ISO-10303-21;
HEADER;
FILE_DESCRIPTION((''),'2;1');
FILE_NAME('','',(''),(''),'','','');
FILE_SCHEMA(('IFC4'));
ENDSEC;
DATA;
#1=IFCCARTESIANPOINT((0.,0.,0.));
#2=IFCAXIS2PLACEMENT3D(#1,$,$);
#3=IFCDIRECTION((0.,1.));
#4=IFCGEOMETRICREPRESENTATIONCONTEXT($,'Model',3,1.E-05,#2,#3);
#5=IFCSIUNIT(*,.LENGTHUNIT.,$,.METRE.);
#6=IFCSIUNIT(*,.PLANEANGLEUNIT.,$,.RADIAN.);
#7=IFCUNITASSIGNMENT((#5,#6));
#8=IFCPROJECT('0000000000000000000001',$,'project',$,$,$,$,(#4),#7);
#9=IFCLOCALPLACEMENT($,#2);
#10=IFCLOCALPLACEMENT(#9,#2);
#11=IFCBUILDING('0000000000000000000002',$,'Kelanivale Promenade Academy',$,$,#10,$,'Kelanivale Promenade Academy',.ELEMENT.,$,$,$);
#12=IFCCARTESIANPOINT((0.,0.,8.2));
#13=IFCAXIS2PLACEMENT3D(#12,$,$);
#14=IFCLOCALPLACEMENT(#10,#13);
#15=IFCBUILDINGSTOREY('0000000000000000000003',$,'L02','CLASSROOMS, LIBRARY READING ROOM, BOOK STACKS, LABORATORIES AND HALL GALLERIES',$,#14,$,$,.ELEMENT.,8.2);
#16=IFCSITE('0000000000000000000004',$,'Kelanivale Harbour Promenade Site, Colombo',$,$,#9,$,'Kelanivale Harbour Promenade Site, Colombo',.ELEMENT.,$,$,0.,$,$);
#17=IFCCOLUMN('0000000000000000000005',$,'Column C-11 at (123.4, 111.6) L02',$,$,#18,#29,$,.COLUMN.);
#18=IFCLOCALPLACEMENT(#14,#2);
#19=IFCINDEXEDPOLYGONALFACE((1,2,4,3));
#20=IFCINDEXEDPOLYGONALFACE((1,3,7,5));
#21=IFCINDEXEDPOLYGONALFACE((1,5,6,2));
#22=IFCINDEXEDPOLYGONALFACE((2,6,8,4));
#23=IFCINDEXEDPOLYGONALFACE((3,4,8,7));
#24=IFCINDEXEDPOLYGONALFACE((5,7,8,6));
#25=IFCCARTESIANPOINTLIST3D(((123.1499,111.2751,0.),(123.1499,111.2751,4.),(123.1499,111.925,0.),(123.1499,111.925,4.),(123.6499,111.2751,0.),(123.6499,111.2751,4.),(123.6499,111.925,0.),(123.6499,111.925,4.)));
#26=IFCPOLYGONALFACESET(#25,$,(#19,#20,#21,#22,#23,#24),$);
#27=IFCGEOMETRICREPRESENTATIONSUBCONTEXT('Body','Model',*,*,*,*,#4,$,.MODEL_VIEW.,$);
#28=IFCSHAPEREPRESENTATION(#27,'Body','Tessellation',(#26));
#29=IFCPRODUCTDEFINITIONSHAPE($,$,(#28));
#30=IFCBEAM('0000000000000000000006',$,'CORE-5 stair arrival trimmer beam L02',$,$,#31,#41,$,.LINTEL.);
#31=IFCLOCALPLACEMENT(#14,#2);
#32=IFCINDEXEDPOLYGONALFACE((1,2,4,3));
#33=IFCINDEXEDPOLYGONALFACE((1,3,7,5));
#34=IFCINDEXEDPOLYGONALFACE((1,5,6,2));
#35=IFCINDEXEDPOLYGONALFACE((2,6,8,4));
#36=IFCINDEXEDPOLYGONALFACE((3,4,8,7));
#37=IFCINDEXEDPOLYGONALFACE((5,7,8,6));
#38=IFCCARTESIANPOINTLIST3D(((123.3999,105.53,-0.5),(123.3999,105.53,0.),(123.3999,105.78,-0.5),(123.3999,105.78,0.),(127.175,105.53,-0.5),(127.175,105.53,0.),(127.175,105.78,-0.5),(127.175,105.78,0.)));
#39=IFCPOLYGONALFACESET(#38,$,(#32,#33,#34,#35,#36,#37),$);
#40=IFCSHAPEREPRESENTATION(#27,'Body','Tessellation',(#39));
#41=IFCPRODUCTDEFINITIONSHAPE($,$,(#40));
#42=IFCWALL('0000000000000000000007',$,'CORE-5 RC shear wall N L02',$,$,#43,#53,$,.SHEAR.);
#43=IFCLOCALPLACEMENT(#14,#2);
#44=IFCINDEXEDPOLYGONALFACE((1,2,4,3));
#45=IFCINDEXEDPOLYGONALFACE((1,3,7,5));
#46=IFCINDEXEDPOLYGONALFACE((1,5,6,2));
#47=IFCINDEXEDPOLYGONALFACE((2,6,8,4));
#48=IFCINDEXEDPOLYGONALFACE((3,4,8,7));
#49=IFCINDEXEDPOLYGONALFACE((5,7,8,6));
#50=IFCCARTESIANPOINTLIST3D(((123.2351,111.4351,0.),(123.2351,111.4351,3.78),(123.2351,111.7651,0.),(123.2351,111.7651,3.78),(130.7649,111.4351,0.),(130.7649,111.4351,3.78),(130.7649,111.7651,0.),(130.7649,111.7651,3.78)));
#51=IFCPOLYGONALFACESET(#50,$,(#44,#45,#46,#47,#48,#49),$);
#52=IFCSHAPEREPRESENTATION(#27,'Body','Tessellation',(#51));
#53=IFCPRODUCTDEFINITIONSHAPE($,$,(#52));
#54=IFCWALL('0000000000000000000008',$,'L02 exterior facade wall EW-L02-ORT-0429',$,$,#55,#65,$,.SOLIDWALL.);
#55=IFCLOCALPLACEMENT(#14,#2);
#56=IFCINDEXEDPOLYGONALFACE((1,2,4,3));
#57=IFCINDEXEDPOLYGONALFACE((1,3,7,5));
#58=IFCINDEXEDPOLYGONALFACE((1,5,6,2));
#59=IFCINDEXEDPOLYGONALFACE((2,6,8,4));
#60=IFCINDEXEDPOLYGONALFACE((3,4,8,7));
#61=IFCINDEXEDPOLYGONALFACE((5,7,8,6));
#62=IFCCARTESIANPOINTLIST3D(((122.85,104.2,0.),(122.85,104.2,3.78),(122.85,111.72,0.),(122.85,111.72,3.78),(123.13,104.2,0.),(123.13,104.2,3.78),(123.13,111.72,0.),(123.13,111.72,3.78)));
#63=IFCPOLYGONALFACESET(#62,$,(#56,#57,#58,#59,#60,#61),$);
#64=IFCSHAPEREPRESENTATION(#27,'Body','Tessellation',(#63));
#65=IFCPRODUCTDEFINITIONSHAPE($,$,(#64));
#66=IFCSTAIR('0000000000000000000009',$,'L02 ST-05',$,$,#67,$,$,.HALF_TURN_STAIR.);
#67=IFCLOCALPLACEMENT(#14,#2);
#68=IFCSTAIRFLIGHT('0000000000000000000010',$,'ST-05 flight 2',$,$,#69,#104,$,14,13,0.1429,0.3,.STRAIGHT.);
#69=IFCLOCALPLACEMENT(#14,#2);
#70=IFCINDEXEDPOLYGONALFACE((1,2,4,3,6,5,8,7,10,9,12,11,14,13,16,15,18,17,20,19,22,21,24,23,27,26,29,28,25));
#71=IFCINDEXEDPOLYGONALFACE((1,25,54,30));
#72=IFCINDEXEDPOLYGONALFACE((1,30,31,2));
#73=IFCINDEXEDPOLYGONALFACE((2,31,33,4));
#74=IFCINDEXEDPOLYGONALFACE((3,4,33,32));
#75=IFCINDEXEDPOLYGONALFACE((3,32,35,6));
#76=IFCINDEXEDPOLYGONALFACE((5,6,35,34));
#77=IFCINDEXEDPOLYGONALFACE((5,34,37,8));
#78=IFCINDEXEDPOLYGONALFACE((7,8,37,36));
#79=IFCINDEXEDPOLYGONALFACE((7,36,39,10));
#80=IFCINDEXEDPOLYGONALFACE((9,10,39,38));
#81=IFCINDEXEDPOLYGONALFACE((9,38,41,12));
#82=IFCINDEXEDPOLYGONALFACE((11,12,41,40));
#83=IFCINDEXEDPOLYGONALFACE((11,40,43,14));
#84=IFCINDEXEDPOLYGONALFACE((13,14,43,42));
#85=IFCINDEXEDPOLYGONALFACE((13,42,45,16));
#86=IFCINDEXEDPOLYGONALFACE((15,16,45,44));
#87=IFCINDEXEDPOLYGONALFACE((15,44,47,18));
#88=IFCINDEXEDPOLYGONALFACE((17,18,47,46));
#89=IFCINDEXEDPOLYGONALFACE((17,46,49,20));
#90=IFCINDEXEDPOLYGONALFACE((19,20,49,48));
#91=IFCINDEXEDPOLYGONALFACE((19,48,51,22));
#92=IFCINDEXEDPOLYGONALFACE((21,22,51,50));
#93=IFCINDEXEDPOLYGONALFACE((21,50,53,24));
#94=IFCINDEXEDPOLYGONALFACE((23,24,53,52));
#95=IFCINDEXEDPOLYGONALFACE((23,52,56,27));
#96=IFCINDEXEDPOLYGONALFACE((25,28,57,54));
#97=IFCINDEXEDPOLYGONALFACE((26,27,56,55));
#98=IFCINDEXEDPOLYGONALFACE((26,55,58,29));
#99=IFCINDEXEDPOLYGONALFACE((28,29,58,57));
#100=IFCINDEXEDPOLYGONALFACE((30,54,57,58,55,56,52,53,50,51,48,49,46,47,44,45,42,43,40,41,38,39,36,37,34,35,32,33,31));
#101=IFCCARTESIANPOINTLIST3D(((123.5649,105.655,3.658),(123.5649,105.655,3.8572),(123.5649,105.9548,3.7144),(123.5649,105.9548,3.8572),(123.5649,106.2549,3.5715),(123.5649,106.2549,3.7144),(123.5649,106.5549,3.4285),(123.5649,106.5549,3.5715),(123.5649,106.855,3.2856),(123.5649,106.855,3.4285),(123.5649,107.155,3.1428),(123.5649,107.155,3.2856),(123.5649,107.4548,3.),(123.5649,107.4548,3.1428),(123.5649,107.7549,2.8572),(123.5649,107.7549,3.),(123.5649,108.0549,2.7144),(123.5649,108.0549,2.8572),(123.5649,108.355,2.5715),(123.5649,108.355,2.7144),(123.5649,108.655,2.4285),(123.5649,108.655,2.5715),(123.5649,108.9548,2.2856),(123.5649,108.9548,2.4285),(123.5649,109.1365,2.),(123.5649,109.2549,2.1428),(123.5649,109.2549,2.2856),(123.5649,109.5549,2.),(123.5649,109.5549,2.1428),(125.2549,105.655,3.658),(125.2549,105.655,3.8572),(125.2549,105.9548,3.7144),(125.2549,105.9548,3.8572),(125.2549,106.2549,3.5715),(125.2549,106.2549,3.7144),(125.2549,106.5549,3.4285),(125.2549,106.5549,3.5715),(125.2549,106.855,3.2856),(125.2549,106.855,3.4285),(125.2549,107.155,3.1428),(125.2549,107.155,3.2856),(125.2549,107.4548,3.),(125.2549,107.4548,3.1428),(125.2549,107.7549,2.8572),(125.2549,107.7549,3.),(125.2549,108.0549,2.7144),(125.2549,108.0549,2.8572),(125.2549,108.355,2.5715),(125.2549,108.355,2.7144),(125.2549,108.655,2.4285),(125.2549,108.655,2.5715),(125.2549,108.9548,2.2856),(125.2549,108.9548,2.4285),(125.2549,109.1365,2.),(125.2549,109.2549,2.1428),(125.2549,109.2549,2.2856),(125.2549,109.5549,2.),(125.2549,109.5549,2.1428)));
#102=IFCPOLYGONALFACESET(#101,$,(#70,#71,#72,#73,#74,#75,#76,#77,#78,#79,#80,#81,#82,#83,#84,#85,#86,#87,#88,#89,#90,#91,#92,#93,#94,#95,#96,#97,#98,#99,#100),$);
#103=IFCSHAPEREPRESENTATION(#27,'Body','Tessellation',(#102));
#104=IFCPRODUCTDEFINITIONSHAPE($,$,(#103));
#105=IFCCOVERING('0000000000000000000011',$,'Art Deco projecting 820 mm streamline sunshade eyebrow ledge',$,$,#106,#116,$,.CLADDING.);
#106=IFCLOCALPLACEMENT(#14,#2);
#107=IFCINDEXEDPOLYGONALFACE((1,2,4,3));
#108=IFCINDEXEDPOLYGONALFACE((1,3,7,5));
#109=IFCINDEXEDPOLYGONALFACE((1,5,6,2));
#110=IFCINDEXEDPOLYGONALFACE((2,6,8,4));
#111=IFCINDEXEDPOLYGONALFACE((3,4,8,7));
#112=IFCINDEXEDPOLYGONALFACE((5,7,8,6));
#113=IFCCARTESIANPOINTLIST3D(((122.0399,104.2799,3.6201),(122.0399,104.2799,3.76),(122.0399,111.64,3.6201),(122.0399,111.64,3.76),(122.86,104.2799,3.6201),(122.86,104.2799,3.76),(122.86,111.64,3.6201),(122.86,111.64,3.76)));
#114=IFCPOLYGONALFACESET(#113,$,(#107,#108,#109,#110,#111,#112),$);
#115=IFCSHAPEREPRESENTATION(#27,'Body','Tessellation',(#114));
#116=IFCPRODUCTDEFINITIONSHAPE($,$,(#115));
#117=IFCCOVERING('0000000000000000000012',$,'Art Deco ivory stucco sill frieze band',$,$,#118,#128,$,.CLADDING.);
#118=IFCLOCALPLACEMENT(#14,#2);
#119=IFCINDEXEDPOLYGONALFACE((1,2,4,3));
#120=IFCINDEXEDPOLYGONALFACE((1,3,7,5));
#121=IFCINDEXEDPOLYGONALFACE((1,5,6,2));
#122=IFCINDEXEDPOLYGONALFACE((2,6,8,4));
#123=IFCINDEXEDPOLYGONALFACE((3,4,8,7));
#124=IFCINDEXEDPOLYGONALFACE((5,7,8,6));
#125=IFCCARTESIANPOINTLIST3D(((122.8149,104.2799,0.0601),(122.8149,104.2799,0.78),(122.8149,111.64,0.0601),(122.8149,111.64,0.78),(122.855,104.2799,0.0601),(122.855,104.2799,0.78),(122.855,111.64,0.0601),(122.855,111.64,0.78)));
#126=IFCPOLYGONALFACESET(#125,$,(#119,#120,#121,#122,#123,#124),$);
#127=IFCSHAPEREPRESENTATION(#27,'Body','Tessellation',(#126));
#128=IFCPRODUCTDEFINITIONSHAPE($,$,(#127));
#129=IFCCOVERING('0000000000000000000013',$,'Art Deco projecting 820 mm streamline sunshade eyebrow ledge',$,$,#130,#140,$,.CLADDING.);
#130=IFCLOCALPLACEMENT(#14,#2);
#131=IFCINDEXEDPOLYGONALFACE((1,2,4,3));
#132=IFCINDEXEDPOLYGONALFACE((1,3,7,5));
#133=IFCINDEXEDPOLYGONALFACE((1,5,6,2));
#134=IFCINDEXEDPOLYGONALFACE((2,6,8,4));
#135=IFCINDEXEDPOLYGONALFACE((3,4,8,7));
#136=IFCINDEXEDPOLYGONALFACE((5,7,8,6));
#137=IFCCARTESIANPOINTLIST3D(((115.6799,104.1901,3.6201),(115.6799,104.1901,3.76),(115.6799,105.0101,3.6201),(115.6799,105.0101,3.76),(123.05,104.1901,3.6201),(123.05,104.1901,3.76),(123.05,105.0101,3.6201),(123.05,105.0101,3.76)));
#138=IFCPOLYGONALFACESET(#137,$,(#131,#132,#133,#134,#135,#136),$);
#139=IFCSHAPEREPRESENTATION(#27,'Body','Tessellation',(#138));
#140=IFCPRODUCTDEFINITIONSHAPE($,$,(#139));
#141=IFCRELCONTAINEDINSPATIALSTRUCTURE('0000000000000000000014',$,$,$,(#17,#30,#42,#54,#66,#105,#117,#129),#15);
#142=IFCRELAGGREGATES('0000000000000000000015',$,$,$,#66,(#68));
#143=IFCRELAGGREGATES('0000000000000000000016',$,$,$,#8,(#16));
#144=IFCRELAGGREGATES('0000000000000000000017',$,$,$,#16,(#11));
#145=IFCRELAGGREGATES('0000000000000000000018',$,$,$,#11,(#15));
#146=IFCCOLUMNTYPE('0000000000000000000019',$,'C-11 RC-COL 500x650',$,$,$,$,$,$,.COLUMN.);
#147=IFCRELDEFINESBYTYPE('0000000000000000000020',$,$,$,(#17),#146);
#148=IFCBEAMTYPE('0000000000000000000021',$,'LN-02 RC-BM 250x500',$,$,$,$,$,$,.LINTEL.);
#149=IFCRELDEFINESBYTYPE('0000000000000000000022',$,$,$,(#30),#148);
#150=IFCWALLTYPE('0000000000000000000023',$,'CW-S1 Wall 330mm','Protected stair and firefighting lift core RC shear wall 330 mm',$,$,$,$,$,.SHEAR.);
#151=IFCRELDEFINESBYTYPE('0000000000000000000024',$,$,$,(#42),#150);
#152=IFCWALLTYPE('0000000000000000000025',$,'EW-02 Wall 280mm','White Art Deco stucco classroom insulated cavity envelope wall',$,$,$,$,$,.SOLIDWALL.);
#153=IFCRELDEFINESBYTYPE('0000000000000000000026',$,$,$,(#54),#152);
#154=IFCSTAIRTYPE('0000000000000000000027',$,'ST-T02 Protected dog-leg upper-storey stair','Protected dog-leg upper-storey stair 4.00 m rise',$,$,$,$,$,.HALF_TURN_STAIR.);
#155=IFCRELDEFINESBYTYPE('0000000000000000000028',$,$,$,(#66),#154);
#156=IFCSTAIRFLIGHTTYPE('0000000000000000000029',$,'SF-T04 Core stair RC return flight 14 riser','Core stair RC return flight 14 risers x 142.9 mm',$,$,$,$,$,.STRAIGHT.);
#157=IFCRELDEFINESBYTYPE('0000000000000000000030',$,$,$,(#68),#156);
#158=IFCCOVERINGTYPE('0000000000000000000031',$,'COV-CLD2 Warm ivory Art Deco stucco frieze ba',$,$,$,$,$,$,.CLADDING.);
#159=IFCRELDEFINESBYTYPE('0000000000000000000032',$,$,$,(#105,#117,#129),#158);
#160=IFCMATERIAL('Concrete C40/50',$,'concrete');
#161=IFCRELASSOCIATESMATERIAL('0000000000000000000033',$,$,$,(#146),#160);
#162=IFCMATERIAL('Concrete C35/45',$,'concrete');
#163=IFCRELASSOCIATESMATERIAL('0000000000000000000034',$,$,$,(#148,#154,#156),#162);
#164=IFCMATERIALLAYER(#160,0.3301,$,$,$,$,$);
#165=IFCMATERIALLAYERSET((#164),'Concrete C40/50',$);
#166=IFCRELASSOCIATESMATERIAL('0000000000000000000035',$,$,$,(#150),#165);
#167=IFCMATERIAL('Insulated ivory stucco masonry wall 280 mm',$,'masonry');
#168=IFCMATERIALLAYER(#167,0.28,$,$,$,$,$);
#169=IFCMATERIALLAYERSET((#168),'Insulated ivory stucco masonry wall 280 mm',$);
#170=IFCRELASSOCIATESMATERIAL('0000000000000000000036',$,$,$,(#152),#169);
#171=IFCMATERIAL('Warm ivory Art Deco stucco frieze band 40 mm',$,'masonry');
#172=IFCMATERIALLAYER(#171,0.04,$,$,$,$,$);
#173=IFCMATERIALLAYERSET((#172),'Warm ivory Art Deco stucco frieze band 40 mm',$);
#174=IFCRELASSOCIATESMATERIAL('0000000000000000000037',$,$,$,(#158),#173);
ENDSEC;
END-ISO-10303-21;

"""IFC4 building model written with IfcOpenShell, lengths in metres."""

from ifc_helpers import new_model, si_unit, direction, frame, frame_2d, origin, origin_2d, place, context, subcontext, project, spatial, polyline, rectangle, outline, extrude, material, layer, layer_set, material_profile, profile_set, type_object, element, aggregate, save


model = new_model("IFC4")

# Units and contexts
model_context = context("Model", 3, precision=1e-05, world=origin(), true_north=direction((0.0, 1.0)))
body_context = subcontext(model_context, "Body", "Model", "MODEL_VIEW")
ifc_project = project(units=[si_unit("LENGTHUNIT", "METRE"), si_unit("PLANEANGLEUNIT", "RADIAN")], contexts=[model_context])

# Site, building, storey
site_placement = place(None, origin())
site = spatial("IfcSite", under=ifc_project, at=site_placement, Name="Kelanivale Harbour Promenade Site, Colombo", LongName="Kelanivale Harbour Promenade Site, Colombo", CompositionType="ELEMENT", RefElevation=0.0)
building_placement = place(site_placement, origin())
building = spatial("IfcBuilding", under=site, at=building_placement, Name="Kelanivale Promenade Academy", LongName="Kelanivale Promenade Academy", CompositionType="ELEMENT")
storey_placement = place(building_placement, frame((0.0, 0.0, 8.2)))
storey = spatial("IfcBuildingStorey", under=building, at=storey_placement, Name="L02", Description="CLASSROOMS, LIBRARY READING ROOM, BOOK STACKS, LABORATORIES AND HALL GALLERIES", CompositionType="ELEMENT", Elevation=8.2)

# Column
ifc_material_1 = material(Name="Concrete C40/50", Category="concrete")
ifc_material_profile_1 = material_profile(ifc_material_1, rectangle(XDim=0.5, YDim=0.6499, at=origin_2d()), Name="RC-COL 500x650")
ifc_profile_set_1 = profile_set([ifc_material_profile_1], Name="Concrete C40/50")
column_type = type_object("IfcColumnType", Name="C-11 RC-COL 500x650", PredefinedType="COLUMN", material=ifc_profile_set_1)
column_placement = place(storey_placement, frame((123.3999, 111.6001, 0.0), z_axis=(0.0, 0.0, 1.0), x_axis=(1.0, 0.0, 0.0)))
element("IfcColumn", 1, at=column_placement, inside=storey, type_object=column_type, Name="Column C-11 at (123.4, 111.6) L02", PredefinedType="COLUMN", context=body_context, shape_type="SweptSolid", body=[
    extrude(rectangle(XDim=0.5, YDim=0.6499, at=origin_2d()), origin(), (0.0, 0.0, 1.0), 4.0),
])

# Beam
ifc_material_2 = material(Name="Concrete C35/45", Category="concrete")
ifc_material_profile_2 = material_profile(ifc_material_2, rectangle(XDim=0.25, YDim=0.5, at=origin_2d()), Name="RC-BM 250x500")
ifc_profile_set_2 = profile_set([ifc_material_profile_2], Name="Concrete C35/45")
beam_type = type_object("IfcBeamType", Name="LN-02 RC-BM 250x500", PredefinedType="LINTEL", material=ifc_profile_set_2)
beam_placement = place(storey_placement, frame((123.3999, 105.655, -0.25), z_axis=(1.0, 0.0, 0.0), x_axis=(0.0, 1.0, 0.0)))
element("IfcBeam", 2, at=beam_placement, inside=storey, type_object=beam_type, Name="CORE-5 stair arrival trimmer beam L02", PredefinedType="LINTEL", context=body_context, shape_type="SweptSolid", body=[
    extrude(rectangle(XDim=0.25, YDim=0.5, at=origin_2d()), origin(), (0.0, 0.0, 1.0), 3.7751),
])

# Walls
ifc_layer_1 = layer(ifc_material_1, 0.3301)
ifc_layer_set_1 = layer_set([ifc_layer_1], Name="Concrete C40/50")
wall_type_1 = type_object("IfcWallType", Name="CW-S1 Wall 330mm", Description="Protected stair and firefighting lift core RC shear wall 330 mm", PredefinedType="SHEAR", material=ifc_layer_set_1)
wall_1_placement = place(storey_placement, frame((123.2351, 111.6001, 0.0), z_axis=(0.0, 0.0, 1.0), x_axis=(1.0, 0.0, 0.0)))
element("IfcWall", 3, at=wall_1_placement, inside=storey, type_object=wall_type_1, Name="CORE-5 RC shear wall N L02", PredefinedType="SHEAR", context=body_context, shape_type="SweptSolid", body=[
    extrude(rectangle(XDim=7.5298, YDim=0.3301, at=frame_2d((3.7649, 0.0))), origin(), (0.0, 0.0, 1.0), 3.78),
])
ifc_material_3 = material(Name="Insulated ivory stucco masonry wall 280 mm", Category="masonry")
ifc_layer_2 = layer(ifc_material_3, 0.28)
ifc_layer_set_2 = layer_set([ifc_layer_2], Name="Insulated ivory stucco masonry wall 280 mm")
wall_type_2 = type_object("IfcWallType", Name="EW-02 Wall 280mm", Description="White Art Deco stucco classroom insulated cavity envelope wall", PredefinedType="SOLIDWALL", material=ifc_layer_set_2)
wall_2_placement = place(storey_placement, frame((122.99, 111.72, 0.0), z_axis=(0.0, 0.0, 1.0), x_axis=(0.0, -1.0, 0.0)))
element("IfcWall", 4, at=wall_2_placement, inside=storey, type_object=wall_type_2, Name="L02 exterior facade wall EW-L02-ORT-0429", PredefinedType="SOLIDWALL", context=body_context, shape_type="SweptSolid", body=[
    extrude(rectangle(XDim=7.52, YDim=0.28, at=frame_2d((3.76, 0.0))), origin(), (0.0, 0.0, 1.0), 3.78),
])

# Stair, stair flight
stair_type = type_object("IfcStairType", Name="ST-T02 Protected dog-leg upper-storey stair", Description="Protected dog-leg upper-storey stair 4.00 m rise", PredefinedType="HALF_TURN_STAIR", material=ifc_material_2)
stair_placement = place(storey_placement, origin())
stair = element("IfcStair", 5, at=stair_placement, inside=storey, type_object=stair_type, Name="L02 ST-05", PredefinedType="HALF_TURN_STAIR")
stair_flight_type = type_object("IfcStairFlightType", Name="SF-T04 Core stair RC return flight 14 riser", Description="Core stair RC return flight 14 risers x 142.9 mm", PredefinedType="STRAIGHT", material=ifc_material_2)
stair_flight_placement = place(storey_placement, frame((124.4099, 109.5549, 2.0), z_axis=(0.0, 0.0, 1.0), x_axis=(0.0, -1.0, 0.0)))
stair_flight = element("IfcStairFlight", 6, at=stair_flight_placement, type_object=stair_flight_type, Name="ST-05 flight 2", NumberOfRisers=14, NumberOfTreads=13, PredefinedType="STRAIGHT", RiserHeight=0.1429, TreadLength=0.3, context=body_context, shape_type="SweptSolid", body=[
    extrude(outline(polyline([(0.0, 0.0), (0.0, 0.1428), (0.3, 0.1428), (0.3, 0.2856), (0.6001, 0.2856), (0.6001, 0.4285), (0.8999, 0.4285), (0.8999, 0.5715), (1.2, 0.5715), (1.2, 0.7144), (1.5, 0.7144), (1.5, 0.8572), (1.8, 0.8572), (1.8, 1.0), (2.1001, 1.0), (2.1001, 1.1428), (2.3999, 1.1428), (2.3999, 1.2856), (2.7, 1.2856), (2.7, 1.4285), (3.0, 1.4285), (3.0, 1.5715), (3.3, 1.5715), (3.3, 1.7144), (3.6001, 1.7144), (3.6001, 1.8572), (3.8999, 1.8572), (3.8999, 2.0), (3.8999, 1.658), (0.4185, 0.0), (0.0, 0.0)])), frame((0.0, 0.845, 0.0), z_axis=(0.0, -1.0, 0.0), x_axis=(1.0, 0.0, 0.0)), (0.0, 0.0, 1.0), 1.6899),
])
aggregate(stair, [stair_flight])

# Coverings
ifc_material_4 = material(Name="Warm ivory Art Deco stucco frieze band 40 mm", Category="masonry")
ifc_layer_3 = layer(ifc_material_4, 0.04)
ifc_layer_set_3 = layer_set([ifc_layer_3], Name="Warm ivory Art Deco stucco frieze band 40 mm")
covering_type = type_object("IfcCoveringType", Name="COV-CLD2 Warm ivory Art Deco stucco frieze ba", PredefinedType="CLADDING", material=ifc_layer_set_3)
covering_1_placement = place(storey_placement, frame((122.45, 107.96, 3.6201), z_axis=(0.0, 0.0, 1.0), x_axis=(0.0, -1.0, 0.0)))
element("IfcCovering", 7, at=covering_1_placement, inside=storey, type_object=covering_type, Name="Art Deco projecting 820 mm streamline sunshade eyebrow ledge", PredefinedType="CLADDING", context=body_context, shape_type="SweptSolid", body=[
    extrude(rectangle(XDim=7.3601, YDim=0.8201, at=origin_2d()), origin(), (0.0, 0.0, 1.0), 0.1399),
])
covering_2_placement = place(storey_placement, frame((122.835, 107.96, 0.0601), z_axis=(0.0, 0.0, 1.0), x_axis=(0.0, -1.0, 0.0)))
element("IfcCovering", 8, at=covering_2_placement, inside=storey, type_object=covering_type, Name="Art Deco ivory stucco sill frieze band", PredefinedType="CLADDING", context=body_context, shape_type="SweptSolid", body=[
    extrude(rectangle(XDim=7.3601, YDim=0.04, at=origin_2d()), origin(), (0.0, 0.0, 1.0), 0.72),
])
covering_3_placement = place(storey_placement, frame((119.365, 104.6001, 3.6201), z_axis=(0.0, 0.0, 1.0), x_axis=(-1.0, 0.0, 0.0)))
element("IfcCovering", 9, at=covering_3_placement, inside=storey, type_object=covering_type, Name="Art Deco projecting 820 mm streamline sunshade eyebrow ledge", PredefinedType="CLADDING", context=body_context, shape_type="SweptSolid", body=[
    extrude(rectangle(XDim=7.3701, YDim=0.8201, at=origin_2d()), origin(), (0.0, 0.0, 1.0), 0.1399),
])

save(model, "model.ifc")
